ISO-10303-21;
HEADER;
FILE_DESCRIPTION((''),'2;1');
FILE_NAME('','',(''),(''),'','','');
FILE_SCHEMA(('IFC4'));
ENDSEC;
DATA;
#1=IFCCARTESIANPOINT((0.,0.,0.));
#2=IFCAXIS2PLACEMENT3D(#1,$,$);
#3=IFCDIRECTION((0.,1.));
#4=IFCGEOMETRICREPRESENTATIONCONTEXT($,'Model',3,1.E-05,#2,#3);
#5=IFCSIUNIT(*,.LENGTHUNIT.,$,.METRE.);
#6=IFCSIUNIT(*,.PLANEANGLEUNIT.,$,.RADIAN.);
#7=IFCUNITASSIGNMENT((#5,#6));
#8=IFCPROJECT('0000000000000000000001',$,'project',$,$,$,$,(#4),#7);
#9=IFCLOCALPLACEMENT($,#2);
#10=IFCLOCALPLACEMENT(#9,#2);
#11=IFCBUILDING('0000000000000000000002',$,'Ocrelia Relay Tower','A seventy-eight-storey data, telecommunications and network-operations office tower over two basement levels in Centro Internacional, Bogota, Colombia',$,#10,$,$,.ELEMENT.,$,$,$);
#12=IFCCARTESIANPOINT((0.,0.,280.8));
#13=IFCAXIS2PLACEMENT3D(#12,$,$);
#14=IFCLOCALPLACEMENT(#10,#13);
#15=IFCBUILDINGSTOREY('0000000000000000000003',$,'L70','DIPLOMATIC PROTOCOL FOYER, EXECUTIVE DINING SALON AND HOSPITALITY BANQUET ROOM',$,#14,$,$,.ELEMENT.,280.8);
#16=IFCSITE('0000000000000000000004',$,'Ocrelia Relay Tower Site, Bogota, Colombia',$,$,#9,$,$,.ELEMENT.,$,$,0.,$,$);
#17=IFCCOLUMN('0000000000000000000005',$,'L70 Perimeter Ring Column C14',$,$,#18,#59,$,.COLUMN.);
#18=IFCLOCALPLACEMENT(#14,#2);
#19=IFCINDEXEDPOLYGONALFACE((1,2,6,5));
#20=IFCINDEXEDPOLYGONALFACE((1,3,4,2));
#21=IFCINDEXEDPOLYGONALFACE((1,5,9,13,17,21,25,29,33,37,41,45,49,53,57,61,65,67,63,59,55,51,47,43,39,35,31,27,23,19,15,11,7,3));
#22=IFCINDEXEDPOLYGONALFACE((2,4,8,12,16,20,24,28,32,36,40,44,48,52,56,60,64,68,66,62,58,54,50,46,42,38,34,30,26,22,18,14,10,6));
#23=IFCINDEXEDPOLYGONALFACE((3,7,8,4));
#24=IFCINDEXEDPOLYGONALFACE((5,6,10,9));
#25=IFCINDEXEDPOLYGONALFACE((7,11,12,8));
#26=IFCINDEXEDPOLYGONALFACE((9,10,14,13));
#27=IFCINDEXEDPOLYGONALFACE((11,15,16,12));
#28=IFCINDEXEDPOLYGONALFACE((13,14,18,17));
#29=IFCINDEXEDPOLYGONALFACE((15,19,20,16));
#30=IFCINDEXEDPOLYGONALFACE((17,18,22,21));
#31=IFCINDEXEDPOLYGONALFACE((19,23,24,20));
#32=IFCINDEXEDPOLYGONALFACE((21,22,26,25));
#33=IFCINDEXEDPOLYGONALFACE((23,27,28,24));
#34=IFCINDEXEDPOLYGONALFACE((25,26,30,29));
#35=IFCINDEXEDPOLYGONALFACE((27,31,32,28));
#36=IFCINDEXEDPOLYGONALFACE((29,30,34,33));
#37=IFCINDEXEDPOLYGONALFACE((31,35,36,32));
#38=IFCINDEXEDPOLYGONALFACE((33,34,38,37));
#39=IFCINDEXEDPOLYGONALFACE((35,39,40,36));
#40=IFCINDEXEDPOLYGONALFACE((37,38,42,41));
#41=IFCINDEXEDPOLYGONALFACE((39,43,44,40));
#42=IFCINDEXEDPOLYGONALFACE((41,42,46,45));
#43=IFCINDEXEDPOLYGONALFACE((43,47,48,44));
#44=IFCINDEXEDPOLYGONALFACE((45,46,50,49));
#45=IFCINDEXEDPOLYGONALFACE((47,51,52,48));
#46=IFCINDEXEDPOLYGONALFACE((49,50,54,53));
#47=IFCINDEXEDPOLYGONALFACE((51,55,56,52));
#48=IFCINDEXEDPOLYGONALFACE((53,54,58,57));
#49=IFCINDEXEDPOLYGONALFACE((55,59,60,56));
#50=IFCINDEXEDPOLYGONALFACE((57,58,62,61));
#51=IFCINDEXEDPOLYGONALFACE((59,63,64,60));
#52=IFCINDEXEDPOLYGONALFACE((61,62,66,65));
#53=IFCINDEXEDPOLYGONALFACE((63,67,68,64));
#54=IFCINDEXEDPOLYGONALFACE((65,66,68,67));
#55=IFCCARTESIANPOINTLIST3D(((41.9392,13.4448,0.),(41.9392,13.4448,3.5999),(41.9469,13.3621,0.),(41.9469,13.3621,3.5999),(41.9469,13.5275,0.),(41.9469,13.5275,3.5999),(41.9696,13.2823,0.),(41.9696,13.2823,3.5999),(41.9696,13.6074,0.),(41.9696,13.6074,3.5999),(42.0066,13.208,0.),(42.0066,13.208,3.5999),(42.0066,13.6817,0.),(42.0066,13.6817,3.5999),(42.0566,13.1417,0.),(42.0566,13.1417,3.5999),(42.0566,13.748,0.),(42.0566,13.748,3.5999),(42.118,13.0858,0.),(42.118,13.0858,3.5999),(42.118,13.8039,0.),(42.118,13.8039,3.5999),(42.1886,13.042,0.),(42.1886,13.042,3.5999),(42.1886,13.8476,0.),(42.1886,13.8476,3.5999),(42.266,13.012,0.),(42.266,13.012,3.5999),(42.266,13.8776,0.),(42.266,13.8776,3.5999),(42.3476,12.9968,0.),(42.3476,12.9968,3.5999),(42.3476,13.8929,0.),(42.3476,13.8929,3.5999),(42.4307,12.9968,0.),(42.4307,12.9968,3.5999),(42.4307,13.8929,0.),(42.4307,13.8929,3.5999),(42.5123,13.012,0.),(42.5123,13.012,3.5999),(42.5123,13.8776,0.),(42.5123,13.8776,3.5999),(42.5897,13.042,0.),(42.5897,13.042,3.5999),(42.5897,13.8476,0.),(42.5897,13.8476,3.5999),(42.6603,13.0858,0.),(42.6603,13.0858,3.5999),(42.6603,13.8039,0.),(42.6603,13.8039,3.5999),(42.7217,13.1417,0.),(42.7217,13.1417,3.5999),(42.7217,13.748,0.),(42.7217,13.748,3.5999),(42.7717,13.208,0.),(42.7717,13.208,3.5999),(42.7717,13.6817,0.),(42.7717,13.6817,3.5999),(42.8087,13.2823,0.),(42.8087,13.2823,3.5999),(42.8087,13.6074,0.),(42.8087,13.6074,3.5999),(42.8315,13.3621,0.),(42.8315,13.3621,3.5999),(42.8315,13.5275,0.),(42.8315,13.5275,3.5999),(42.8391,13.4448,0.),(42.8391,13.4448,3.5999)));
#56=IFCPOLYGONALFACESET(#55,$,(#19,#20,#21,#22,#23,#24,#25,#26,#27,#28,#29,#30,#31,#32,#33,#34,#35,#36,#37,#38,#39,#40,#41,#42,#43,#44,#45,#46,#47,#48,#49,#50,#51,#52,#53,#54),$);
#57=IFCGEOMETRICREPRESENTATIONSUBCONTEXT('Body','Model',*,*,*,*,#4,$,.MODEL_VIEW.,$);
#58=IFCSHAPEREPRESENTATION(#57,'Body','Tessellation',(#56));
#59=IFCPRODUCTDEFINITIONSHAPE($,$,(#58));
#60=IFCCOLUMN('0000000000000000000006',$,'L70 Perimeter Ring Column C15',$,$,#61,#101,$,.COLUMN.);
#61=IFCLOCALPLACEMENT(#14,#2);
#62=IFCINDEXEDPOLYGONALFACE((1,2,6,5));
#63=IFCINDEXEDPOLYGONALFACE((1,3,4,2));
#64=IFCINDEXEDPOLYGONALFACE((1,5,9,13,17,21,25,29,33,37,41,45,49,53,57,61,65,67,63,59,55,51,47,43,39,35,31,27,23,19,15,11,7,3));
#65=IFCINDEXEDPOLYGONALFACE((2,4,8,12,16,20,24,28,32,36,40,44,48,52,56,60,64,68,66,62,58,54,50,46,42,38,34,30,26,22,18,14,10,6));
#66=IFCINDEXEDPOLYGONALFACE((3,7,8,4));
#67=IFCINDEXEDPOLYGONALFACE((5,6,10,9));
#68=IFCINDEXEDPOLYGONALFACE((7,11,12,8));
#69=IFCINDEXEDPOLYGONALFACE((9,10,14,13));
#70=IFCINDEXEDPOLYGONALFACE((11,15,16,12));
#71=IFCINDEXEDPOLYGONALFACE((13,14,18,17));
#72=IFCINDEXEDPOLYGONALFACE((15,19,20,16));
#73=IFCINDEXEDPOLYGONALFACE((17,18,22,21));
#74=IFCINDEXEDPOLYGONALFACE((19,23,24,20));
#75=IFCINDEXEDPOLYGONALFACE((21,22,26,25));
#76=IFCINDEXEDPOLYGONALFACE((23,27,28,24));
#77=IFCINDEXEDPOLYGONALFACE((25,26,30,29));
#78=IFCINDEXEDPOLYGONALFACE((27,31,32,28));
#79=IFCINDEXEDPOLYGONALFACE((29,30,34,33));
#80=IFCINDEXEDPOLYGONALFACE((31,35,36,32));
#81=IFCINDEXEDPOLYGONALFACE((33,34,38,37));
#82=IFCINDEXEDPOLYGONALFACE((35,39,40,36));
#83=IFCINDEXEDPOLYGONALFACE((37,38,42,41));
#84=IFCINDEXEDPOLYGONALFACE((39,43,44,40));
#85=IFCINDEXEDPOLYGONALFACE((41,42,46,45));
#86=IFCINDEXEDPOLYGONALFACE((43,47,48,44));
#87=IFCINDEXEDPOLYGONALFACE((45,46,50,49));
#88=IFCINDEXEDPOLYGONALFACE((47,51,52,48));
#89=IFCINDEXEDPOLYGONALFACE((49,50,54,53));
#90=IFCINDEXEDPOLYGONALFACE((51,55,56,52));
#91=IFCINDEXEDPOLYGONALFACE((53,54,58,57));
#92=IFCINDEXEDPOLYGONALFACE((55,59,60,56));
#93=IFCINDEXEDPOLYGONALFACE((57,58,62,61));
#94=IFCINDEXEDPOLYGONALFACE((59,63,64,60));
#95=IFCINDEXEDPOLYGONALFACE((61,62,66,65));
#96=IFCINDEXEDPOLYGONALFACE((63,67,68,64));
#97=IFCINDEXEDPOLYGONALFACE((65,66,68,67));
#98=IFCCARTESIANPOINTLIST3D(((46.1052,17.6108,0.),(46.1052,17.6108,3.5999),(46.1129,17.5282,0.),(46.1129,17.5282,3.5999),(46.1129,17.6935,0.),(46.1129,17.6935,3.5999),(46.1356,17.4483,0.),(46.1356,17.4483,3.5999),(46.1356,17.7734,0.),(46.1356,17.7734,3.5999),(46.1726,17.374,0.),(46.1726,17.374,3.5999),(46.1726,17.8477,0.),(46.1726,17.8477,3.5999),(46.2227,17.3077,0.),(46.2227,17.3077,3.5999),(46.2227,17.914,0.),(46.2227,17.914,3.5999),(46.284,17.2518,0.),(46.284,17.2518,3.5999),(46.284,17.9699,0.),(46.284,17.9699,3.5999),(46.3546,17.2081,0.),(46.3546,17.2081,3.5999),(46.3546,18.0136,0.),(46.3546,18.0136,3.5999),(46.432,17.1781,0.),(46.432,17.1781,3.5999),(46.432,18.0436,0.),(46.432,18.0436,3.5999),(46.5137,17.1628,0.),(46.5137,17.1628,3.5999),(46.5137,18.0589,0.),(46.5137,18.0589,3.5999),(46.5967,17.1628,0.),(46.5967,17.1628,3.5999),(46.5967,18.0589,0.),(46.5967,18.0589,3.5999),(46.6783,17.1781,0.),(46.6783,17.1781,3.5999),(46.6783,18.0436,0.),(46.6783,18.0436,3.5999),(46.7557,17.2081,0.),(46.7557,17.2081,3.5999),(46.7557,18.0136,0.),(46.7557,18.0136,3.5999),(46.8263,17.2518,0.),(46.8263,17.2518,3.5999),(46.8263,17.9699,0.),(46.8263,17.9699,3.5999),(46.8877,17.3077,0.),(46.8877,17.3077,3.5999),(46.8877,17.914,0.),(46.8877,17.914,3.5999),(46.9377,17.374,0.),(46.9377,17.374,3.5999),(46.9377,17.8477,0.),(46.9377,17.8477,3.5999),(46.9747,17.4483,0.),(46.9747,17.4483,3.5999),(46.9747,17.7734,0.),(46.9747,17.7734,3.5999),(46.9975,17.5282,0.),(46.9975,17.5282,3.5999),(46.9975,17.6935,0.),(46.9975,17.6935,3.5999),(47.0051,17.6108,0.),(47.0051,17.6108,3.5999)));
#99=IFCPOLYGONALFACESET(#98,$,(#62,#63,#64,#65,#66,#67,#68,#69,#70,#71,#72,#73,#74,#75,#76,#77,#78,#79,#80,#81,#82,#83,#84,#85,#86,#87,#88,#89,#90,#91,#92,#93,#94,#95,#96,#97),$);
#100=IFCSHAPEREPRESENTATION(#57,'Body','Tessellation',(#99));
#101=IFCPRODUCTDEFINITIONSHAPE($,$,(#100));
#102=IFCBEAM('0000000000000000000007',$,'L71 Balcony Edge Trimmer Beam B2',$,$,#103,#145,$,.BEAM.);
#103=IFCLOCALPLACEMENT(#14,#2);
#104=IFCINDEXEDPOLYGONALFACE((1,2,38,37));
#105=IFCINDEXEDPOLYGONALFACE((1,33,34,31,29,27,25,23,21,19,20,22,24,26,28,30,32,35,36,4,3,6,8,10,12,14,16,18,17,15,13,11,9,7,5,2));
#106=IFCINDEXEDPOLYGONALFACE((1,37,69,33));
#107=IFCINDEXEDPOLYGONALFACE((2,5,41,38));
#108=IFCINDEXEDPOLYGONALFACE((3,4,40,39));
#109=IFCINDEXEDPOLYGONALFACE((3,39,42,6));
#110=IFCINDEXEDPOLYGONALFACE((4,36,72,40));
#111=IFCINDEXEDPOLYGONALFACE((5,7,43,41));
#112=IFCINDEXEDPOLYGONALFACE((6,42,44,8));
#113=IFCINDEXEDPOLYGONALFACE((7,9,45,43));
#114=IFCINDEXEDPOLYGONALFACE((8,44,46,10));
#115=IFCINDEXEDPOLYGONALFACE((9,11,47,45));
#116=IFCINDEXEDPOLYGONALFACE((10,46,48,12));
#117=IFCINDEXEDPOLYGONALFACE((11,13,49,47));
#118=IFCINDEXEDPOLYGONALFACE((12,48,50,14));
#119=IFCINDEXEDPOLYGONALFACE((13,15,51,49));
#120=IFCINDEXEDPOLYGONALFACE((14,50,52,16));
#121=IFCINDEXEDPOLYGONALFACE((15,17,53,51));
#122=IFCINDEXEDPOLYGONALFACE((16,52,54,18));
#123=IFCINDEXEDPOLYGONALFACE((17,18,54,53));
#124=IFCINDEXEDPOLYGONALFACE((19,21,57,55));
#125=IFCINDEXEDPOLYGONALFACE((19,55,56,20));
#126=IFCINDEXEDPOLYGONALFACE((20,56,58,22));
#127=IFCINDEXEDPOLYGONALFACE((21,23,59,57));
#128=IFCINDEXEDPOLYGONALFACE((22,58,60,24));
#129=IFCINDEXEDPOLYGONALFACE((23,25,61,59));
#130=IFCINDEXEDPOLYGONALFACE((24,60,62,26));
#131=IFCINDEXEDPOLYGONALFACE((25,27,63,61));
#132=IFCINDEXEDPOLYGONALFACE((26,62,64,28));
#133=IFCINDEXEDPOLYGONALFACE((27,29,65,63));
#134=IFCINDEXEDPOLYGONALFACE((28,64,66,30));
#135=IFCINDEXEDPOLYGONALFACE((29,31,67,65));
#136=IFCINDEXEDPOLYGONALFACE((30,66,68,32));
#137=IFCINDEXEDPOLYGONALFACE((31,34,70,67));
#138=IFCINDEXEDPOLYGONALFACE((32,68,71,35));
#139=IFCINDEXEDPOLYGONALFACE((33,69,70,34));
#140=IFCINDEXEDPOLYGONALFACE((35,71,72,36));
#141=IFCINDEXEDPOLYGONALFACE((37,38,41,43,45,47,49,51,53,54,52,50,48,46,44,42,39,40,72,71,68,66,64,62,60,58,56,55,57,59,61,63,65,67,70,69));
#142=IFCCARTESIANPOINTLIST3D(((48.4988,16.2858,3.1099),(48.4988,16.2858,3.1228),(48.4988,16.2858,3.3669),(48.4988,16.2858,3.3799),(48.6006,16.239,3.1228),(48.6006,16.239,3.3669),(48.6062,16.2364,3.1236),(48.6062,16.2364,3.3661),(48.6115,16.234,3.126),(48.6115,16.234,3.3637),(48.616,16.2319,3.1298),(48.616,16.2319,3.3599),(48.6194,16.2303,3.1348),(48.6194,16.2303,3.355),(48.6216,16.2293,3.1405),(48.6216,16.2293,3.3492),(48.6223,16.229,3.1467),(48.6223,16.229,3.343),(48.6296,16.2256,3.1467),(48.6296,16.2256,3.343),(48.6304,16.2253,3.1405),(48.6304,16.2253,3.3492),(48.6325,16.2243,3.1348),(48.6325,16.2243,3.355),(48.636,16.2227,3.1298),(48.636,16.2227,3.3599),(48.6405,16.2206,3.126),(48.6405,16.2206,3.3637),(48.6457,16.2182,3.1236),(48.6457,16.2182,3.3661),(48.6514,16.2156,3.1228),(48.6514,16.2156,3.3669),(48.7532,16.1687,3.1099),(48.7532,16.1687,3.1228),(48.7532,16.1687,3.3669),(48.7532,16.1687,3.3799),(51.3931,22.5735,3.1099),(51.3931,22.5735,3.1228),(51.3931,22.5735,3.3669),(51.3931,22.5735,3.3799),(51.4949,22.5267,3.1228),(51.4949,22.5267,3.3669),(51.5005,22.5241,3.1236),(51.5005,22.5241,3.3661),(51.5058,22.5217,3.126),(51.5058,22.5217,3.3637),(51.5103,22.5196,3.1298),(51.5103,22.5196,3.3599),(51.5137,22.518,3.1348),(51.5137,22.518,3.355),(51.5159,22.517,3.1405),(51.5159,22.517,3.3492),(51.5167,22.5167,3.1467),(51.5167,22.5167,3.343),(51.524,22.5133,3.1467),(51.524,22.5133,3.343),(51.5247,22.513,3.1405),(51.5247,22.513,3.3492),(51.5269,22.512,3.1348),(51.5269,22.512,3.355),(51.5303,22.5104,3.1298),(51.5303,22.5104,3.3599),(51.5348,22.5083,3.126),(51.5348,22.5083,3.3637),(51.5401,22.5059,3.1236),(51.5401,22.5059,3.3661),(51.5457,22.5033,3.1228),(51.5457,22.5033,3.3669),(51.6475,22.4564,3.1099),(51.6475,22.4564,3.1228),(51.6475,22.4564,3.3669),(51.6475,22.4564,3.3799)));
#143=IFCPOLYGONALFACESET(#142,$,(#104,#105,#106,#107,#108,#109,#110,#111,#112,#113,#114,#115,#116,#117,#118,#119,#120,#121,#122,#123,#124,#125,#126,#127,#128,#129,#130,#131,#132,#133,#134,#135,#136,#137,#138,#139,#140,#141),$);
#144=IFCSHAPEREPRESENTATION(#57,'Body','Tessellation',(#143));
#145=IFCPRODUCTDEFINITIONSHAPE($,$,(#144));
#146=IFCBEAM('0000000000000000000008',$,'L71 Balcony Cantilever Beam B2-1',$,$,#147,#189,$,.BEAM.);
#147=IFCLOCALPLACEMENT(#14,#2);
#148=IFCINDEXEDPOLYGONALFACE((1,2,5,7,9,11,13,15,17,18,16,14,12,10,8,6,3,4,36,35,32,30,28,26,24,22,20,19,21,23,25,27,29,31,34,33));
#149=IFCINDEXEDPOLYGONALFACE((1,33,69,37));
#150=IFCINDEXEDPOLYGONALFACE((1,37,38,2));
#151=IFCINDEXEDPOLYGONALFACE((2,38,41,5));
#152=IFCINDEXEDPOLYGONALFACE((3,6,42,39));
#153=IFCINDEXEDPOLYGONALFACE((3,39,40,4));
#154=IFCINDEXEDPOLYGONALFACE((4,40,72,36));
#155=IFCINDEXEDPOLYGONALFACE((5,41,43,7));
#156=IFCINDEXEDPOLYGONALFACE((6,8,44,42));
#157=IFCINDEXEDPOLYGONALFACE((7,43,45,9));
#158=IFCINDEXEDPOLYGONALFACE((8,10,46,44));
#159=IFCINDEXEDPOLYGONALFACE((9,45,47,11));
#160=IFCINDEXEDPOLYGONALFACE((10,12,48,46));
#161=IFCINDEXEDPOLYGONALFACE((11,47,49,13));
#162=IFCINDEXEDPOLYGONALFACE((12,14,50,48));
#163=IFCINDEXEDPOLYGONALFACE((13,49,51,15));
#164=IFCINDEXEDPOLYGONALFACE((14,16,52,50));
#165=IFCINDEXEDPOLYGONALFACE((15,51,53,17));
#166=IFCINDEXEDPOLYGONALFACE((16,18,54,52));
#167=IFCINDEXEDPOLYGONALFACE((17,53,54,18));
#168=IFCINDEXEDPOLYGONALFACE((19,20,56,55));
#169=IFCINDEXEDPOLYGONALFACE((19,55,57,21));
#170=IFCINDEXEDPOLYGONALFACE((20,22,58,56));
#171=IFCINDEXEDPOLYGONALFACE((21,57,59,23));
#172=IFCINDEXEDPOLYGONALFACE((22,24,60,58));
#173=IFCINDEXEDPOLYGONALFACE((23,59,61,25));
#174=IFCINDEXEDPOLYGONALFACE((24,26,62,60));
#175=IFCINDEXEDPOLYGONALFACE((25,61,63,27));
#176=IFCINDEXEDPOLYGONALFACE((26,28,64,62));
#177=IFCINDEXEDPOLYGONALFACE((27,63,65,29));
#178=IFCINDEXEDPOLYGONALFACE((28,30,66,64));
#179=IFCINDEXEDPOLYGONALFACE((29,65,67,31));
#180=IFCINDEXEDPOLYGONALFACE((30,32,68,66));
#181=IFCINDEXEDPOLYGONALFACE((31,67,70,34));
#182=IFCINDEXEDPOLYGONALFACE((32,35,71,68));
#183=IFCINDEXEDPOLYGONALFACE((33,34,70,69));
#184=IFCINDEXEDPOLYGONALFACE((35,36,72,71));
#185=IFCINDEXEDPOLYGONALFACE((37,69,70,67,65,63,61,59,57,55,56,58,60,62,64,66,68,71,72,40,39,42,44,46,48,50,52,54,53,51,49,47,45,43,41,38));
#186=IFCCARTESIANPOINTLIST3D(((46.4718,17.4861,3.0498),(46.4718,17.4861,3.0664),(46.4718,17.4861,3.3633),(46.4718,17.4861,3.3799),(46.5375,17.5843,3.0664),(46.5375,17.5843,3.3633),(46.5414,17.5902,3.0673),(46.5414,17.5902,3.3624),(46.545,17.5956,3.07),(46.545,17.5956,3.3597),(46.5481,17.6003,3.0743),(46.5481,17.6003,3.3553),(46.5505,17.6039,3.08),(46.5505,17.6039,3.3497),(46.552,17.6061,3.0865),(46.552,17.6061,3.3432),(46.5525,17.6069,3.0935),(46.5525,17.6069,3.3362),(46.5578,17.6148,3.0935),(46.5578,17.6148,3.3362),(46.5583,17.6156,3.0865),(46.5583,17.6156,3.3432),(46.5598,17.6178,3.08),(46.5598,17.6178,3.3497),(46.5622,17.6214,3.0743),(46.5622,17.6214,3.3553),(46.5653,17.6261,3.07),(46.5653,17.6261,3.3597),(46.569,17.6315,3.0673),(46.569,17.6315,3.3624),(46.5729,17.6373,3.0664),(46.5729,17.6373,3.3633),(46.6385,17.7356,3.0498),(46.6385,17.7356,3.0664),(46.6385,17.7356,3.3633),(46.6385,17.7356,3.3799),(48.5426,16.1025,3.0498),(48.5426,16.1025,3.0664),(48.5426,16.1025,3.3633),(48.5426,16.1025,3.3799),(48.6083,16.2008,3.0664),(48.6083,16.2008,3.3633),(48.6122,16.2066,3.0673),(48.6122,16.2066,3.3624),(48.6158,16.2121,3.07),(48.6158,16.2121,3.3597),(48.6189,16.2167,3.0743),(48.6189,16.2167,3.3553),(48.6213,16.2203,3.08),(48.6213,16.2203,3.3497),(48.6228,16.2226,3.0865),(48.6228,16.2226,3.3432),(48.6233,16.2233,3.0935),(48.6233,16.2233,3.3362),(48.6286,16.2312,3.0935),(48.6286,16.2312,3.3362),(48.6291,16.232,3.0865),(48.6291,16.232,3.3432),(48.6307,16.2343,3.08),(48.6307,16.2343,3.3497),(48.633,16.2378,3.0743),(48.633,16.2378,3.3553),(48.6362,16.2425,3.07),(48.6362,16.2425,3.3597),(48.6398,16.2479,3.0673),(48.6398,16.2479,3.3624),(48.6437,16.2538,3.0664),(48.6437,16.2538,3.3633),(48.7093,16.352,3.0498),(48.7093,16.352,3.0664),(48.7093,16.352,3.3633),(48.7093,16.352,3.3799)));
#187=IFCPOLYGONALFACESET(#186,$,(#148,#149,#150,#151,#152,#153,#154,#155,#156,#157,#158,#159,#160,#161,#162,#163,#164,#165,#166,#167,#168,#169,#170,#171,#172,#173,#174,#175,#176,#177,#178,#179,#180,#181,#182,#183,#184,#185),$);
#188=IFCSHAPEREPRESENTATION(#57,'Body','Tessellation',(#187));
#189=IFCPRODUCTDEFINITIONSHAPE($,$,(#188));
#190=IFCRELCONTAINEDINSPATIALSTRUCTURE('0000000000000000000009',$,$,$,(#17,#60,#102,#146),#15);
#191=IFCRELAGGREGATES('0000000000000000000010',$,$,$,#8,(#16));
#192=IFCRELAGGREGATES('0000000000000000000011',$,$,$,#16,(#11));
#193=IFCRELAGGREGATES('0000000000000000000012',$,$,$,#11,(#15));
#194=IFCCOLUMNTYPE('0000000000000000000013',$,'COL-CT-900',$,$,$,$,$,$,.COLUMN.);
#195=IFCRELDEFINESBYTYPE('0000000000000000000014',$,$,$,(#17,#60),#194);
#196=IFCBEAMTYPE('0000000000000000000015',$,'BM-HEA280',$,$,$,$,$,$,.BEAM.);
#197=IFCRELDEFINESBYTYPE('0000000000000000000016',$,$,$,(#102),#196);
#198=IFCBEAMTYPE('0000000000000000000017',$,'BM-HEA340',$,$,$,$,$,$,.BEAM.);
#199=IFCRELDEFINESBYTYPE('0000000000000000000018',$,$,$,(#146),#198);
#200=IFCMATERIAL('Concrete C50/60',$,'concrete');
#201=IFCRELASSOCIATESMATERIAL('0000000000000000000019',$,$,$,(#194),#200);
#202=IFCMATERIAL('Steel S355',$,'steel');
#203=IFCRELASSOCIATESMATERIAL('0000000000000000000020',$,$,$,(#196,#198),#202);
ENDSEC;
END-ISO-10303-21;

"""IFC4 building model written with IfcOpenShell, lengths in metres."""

from ifc_helpers import new_model, si_unit, direction, frame, origin, origin_2d, place, context, subcontext, project, spatial, circle, i_section, extrude, material, material_profile, profile_set, type_object, element, save


model = new_model("IFC4")

# Units and contexts
model_context = context("Model", 3, precision=1e-05, world=origin(), true_north=direction((0.0, 1.0)))
body_context = subcontext(model_context, "Body", "Model", "MODEL_VIEW")
ifc_project = project(units=[si_unit("LENGTHUNIT", "METRE"), si_unit("PLANEANGLEUNIT", "RADIAN")], contexts=[model_context])

# Site, building, storey
site_placement = place(None, origin())
site = spatial("IfcSite", under=ifc_project, at=site_placement, Name="Ocrelia Relay Tower Site, Bogota, Colombia", CompositionType="ELEMENT", RefElevation=0.0)
building_placement = place(site_placement, origin())
building = spatial("IfcBuilding", under=site, at=building_placement, Name="Ocrelia Relay Tower", Description="A seventy-eight-storey data, telecommunications and network-operations office tower over two basement levels in Centro Internacional, Bogota, Colombia", CompositionType="ELEMENT")
storey_placement = place(building_placement, frame((0.0, 0.0, 280.8)))
storey = spatial("IfcBuildingStorey", under=building, at=storey_placement, Name="L70", Description="DIPLOMATIC PROTOCOL FOYER, EXECUTIVE DINING SALON AND HOSPITALITY BANQUET ROOM", CompositionType="ELEMENT", Elevation=280.8)

# Columns
ifc_material_1 = material(Name="Concrete C50/60", Category="concrete")
ifc_material_profile_1 = material_profile(ifc_material_1, circle(Radius=0.45, at=origin_2d()), Name="RC-CIR-900")
ifc_profile_set_1 = profile_set([ifc_material_profile_1], Name="Concrete C50/60")
column_type = type_object("IfcColumnType", Name="COL-CT-900", PredefinedType="COLUMN", material=ifc_profile_set_1)
for number, where, z_axis, x_axis, name in (
    (1, (42.3892, 13.4448, 0.0), (0.0, 0.0, 1.0), (1.0, 0.0, 0.0), "L70 Perimeter Ring Column C14"),
    (2, (46.5552, 17.6108, 0.0), (0.0, 0.0, 1.0), (1.0, 0.0, 0.0), "L70 Perimeter Ring Column C15"),
):
    element("IfcColumn", number, at=place(storey_placement, frame(where, z_axis=z_axis, x_axis=x_axis)), inside=storey, type_object=column_type, Name=name, PredefinedType="COLUMN", context=body_context, shape_type="SweptSolid", body=[
        extrude(circle(Radius=0.45, at=origin_2d()), origin(), (0.0, 0.0, 1.0), 3.5999),
    ])

# Beams
ifc_material_2 = material(Name="Steel S355", Category="steel")
ifc_material_profile_2 = material_profile(ifc_material_2, i_section(OverallWidth=0.28, OverallDepth=0.27, WebThickness=0.0081, FlangeThickness=0.0129, FilletRadius=0.0239, at=origin_2d()), Name="HEA 280")
ifc_profile_set_2 = profile_set([ifc_material_profile_2], Name="Steel S355")
beam_type_1 = type_object("IfcBeamType", Name="BM-HEA280", PredefinedType="BEAM", material=ifc_profile_set_2)
beam_1_placement = place(storey_placement, frame((48.626, 16.2273, 3.2449), z_axis=(0.418143, 0.908381, 0.0), x_axis=(-0.908381, 0.418143, 0.0)))
element("IfcBeam", 3, at=beam_1_placement, inside=storey, type_object=beam_type_1, Name="L71 Balcony Edge Trimmer Beam B2", PredefinedType="BEAM", context=body_context, shape_type="SweptSolid", body=[
    extrude(i_section(OverallWidth=0.28, OverallDepth=0.27, WebThickness=0.0081, FlangeThickness=0.0129, FilletRadius=0.0239, at=origin_2d()), origin(), (0.0, 0.0, 1.0), 6.9219),
])
ifc_material_profile_3 = material_profile(ifc_material_2, i_section(OverallWidth=0.3, OverallDepth=0.3301, WebThickness=0.0095, FlangeThickness=0.0166, FilletRadius=0.0271, at=origin_2d()), Name="HEA 340")
ifc_profile_set_3 = profile_set([ifc_material_profile_3], Name="Steel S355")
beam_type_2 = type_object("IfcBeamType", Name="BM-HEA340", PredefinedType="BEAM", material=ifc_profile_set_3)
beam_2_placement = place(storey_placement, frame((46.5552, 17.6108, 3.2148), z_axis=(0.831492, -0.555537, 0.0), x_axis=(0.555537, 0.831492, 0.0)))
element("IfcBeam", 4, at=beam_2_placement, inside=storey, type_object=beam_type_2, Name="L71 Balcony Cantilever Beam B2-1", PredefinedType="BEAM", context=body_context, shape_type="SweptSolid", body=[
    extrude(i_section(OverallWidth=0.3, OverallDepth=0.3301, WebThickness=0.0095, FlangeThickness=0.0166, FilletRadius=0.0271, at=origin_2d()), origin(), (0.0, 0.0, 1.0), 2.4905),
])

save(model, "model.ifc")
